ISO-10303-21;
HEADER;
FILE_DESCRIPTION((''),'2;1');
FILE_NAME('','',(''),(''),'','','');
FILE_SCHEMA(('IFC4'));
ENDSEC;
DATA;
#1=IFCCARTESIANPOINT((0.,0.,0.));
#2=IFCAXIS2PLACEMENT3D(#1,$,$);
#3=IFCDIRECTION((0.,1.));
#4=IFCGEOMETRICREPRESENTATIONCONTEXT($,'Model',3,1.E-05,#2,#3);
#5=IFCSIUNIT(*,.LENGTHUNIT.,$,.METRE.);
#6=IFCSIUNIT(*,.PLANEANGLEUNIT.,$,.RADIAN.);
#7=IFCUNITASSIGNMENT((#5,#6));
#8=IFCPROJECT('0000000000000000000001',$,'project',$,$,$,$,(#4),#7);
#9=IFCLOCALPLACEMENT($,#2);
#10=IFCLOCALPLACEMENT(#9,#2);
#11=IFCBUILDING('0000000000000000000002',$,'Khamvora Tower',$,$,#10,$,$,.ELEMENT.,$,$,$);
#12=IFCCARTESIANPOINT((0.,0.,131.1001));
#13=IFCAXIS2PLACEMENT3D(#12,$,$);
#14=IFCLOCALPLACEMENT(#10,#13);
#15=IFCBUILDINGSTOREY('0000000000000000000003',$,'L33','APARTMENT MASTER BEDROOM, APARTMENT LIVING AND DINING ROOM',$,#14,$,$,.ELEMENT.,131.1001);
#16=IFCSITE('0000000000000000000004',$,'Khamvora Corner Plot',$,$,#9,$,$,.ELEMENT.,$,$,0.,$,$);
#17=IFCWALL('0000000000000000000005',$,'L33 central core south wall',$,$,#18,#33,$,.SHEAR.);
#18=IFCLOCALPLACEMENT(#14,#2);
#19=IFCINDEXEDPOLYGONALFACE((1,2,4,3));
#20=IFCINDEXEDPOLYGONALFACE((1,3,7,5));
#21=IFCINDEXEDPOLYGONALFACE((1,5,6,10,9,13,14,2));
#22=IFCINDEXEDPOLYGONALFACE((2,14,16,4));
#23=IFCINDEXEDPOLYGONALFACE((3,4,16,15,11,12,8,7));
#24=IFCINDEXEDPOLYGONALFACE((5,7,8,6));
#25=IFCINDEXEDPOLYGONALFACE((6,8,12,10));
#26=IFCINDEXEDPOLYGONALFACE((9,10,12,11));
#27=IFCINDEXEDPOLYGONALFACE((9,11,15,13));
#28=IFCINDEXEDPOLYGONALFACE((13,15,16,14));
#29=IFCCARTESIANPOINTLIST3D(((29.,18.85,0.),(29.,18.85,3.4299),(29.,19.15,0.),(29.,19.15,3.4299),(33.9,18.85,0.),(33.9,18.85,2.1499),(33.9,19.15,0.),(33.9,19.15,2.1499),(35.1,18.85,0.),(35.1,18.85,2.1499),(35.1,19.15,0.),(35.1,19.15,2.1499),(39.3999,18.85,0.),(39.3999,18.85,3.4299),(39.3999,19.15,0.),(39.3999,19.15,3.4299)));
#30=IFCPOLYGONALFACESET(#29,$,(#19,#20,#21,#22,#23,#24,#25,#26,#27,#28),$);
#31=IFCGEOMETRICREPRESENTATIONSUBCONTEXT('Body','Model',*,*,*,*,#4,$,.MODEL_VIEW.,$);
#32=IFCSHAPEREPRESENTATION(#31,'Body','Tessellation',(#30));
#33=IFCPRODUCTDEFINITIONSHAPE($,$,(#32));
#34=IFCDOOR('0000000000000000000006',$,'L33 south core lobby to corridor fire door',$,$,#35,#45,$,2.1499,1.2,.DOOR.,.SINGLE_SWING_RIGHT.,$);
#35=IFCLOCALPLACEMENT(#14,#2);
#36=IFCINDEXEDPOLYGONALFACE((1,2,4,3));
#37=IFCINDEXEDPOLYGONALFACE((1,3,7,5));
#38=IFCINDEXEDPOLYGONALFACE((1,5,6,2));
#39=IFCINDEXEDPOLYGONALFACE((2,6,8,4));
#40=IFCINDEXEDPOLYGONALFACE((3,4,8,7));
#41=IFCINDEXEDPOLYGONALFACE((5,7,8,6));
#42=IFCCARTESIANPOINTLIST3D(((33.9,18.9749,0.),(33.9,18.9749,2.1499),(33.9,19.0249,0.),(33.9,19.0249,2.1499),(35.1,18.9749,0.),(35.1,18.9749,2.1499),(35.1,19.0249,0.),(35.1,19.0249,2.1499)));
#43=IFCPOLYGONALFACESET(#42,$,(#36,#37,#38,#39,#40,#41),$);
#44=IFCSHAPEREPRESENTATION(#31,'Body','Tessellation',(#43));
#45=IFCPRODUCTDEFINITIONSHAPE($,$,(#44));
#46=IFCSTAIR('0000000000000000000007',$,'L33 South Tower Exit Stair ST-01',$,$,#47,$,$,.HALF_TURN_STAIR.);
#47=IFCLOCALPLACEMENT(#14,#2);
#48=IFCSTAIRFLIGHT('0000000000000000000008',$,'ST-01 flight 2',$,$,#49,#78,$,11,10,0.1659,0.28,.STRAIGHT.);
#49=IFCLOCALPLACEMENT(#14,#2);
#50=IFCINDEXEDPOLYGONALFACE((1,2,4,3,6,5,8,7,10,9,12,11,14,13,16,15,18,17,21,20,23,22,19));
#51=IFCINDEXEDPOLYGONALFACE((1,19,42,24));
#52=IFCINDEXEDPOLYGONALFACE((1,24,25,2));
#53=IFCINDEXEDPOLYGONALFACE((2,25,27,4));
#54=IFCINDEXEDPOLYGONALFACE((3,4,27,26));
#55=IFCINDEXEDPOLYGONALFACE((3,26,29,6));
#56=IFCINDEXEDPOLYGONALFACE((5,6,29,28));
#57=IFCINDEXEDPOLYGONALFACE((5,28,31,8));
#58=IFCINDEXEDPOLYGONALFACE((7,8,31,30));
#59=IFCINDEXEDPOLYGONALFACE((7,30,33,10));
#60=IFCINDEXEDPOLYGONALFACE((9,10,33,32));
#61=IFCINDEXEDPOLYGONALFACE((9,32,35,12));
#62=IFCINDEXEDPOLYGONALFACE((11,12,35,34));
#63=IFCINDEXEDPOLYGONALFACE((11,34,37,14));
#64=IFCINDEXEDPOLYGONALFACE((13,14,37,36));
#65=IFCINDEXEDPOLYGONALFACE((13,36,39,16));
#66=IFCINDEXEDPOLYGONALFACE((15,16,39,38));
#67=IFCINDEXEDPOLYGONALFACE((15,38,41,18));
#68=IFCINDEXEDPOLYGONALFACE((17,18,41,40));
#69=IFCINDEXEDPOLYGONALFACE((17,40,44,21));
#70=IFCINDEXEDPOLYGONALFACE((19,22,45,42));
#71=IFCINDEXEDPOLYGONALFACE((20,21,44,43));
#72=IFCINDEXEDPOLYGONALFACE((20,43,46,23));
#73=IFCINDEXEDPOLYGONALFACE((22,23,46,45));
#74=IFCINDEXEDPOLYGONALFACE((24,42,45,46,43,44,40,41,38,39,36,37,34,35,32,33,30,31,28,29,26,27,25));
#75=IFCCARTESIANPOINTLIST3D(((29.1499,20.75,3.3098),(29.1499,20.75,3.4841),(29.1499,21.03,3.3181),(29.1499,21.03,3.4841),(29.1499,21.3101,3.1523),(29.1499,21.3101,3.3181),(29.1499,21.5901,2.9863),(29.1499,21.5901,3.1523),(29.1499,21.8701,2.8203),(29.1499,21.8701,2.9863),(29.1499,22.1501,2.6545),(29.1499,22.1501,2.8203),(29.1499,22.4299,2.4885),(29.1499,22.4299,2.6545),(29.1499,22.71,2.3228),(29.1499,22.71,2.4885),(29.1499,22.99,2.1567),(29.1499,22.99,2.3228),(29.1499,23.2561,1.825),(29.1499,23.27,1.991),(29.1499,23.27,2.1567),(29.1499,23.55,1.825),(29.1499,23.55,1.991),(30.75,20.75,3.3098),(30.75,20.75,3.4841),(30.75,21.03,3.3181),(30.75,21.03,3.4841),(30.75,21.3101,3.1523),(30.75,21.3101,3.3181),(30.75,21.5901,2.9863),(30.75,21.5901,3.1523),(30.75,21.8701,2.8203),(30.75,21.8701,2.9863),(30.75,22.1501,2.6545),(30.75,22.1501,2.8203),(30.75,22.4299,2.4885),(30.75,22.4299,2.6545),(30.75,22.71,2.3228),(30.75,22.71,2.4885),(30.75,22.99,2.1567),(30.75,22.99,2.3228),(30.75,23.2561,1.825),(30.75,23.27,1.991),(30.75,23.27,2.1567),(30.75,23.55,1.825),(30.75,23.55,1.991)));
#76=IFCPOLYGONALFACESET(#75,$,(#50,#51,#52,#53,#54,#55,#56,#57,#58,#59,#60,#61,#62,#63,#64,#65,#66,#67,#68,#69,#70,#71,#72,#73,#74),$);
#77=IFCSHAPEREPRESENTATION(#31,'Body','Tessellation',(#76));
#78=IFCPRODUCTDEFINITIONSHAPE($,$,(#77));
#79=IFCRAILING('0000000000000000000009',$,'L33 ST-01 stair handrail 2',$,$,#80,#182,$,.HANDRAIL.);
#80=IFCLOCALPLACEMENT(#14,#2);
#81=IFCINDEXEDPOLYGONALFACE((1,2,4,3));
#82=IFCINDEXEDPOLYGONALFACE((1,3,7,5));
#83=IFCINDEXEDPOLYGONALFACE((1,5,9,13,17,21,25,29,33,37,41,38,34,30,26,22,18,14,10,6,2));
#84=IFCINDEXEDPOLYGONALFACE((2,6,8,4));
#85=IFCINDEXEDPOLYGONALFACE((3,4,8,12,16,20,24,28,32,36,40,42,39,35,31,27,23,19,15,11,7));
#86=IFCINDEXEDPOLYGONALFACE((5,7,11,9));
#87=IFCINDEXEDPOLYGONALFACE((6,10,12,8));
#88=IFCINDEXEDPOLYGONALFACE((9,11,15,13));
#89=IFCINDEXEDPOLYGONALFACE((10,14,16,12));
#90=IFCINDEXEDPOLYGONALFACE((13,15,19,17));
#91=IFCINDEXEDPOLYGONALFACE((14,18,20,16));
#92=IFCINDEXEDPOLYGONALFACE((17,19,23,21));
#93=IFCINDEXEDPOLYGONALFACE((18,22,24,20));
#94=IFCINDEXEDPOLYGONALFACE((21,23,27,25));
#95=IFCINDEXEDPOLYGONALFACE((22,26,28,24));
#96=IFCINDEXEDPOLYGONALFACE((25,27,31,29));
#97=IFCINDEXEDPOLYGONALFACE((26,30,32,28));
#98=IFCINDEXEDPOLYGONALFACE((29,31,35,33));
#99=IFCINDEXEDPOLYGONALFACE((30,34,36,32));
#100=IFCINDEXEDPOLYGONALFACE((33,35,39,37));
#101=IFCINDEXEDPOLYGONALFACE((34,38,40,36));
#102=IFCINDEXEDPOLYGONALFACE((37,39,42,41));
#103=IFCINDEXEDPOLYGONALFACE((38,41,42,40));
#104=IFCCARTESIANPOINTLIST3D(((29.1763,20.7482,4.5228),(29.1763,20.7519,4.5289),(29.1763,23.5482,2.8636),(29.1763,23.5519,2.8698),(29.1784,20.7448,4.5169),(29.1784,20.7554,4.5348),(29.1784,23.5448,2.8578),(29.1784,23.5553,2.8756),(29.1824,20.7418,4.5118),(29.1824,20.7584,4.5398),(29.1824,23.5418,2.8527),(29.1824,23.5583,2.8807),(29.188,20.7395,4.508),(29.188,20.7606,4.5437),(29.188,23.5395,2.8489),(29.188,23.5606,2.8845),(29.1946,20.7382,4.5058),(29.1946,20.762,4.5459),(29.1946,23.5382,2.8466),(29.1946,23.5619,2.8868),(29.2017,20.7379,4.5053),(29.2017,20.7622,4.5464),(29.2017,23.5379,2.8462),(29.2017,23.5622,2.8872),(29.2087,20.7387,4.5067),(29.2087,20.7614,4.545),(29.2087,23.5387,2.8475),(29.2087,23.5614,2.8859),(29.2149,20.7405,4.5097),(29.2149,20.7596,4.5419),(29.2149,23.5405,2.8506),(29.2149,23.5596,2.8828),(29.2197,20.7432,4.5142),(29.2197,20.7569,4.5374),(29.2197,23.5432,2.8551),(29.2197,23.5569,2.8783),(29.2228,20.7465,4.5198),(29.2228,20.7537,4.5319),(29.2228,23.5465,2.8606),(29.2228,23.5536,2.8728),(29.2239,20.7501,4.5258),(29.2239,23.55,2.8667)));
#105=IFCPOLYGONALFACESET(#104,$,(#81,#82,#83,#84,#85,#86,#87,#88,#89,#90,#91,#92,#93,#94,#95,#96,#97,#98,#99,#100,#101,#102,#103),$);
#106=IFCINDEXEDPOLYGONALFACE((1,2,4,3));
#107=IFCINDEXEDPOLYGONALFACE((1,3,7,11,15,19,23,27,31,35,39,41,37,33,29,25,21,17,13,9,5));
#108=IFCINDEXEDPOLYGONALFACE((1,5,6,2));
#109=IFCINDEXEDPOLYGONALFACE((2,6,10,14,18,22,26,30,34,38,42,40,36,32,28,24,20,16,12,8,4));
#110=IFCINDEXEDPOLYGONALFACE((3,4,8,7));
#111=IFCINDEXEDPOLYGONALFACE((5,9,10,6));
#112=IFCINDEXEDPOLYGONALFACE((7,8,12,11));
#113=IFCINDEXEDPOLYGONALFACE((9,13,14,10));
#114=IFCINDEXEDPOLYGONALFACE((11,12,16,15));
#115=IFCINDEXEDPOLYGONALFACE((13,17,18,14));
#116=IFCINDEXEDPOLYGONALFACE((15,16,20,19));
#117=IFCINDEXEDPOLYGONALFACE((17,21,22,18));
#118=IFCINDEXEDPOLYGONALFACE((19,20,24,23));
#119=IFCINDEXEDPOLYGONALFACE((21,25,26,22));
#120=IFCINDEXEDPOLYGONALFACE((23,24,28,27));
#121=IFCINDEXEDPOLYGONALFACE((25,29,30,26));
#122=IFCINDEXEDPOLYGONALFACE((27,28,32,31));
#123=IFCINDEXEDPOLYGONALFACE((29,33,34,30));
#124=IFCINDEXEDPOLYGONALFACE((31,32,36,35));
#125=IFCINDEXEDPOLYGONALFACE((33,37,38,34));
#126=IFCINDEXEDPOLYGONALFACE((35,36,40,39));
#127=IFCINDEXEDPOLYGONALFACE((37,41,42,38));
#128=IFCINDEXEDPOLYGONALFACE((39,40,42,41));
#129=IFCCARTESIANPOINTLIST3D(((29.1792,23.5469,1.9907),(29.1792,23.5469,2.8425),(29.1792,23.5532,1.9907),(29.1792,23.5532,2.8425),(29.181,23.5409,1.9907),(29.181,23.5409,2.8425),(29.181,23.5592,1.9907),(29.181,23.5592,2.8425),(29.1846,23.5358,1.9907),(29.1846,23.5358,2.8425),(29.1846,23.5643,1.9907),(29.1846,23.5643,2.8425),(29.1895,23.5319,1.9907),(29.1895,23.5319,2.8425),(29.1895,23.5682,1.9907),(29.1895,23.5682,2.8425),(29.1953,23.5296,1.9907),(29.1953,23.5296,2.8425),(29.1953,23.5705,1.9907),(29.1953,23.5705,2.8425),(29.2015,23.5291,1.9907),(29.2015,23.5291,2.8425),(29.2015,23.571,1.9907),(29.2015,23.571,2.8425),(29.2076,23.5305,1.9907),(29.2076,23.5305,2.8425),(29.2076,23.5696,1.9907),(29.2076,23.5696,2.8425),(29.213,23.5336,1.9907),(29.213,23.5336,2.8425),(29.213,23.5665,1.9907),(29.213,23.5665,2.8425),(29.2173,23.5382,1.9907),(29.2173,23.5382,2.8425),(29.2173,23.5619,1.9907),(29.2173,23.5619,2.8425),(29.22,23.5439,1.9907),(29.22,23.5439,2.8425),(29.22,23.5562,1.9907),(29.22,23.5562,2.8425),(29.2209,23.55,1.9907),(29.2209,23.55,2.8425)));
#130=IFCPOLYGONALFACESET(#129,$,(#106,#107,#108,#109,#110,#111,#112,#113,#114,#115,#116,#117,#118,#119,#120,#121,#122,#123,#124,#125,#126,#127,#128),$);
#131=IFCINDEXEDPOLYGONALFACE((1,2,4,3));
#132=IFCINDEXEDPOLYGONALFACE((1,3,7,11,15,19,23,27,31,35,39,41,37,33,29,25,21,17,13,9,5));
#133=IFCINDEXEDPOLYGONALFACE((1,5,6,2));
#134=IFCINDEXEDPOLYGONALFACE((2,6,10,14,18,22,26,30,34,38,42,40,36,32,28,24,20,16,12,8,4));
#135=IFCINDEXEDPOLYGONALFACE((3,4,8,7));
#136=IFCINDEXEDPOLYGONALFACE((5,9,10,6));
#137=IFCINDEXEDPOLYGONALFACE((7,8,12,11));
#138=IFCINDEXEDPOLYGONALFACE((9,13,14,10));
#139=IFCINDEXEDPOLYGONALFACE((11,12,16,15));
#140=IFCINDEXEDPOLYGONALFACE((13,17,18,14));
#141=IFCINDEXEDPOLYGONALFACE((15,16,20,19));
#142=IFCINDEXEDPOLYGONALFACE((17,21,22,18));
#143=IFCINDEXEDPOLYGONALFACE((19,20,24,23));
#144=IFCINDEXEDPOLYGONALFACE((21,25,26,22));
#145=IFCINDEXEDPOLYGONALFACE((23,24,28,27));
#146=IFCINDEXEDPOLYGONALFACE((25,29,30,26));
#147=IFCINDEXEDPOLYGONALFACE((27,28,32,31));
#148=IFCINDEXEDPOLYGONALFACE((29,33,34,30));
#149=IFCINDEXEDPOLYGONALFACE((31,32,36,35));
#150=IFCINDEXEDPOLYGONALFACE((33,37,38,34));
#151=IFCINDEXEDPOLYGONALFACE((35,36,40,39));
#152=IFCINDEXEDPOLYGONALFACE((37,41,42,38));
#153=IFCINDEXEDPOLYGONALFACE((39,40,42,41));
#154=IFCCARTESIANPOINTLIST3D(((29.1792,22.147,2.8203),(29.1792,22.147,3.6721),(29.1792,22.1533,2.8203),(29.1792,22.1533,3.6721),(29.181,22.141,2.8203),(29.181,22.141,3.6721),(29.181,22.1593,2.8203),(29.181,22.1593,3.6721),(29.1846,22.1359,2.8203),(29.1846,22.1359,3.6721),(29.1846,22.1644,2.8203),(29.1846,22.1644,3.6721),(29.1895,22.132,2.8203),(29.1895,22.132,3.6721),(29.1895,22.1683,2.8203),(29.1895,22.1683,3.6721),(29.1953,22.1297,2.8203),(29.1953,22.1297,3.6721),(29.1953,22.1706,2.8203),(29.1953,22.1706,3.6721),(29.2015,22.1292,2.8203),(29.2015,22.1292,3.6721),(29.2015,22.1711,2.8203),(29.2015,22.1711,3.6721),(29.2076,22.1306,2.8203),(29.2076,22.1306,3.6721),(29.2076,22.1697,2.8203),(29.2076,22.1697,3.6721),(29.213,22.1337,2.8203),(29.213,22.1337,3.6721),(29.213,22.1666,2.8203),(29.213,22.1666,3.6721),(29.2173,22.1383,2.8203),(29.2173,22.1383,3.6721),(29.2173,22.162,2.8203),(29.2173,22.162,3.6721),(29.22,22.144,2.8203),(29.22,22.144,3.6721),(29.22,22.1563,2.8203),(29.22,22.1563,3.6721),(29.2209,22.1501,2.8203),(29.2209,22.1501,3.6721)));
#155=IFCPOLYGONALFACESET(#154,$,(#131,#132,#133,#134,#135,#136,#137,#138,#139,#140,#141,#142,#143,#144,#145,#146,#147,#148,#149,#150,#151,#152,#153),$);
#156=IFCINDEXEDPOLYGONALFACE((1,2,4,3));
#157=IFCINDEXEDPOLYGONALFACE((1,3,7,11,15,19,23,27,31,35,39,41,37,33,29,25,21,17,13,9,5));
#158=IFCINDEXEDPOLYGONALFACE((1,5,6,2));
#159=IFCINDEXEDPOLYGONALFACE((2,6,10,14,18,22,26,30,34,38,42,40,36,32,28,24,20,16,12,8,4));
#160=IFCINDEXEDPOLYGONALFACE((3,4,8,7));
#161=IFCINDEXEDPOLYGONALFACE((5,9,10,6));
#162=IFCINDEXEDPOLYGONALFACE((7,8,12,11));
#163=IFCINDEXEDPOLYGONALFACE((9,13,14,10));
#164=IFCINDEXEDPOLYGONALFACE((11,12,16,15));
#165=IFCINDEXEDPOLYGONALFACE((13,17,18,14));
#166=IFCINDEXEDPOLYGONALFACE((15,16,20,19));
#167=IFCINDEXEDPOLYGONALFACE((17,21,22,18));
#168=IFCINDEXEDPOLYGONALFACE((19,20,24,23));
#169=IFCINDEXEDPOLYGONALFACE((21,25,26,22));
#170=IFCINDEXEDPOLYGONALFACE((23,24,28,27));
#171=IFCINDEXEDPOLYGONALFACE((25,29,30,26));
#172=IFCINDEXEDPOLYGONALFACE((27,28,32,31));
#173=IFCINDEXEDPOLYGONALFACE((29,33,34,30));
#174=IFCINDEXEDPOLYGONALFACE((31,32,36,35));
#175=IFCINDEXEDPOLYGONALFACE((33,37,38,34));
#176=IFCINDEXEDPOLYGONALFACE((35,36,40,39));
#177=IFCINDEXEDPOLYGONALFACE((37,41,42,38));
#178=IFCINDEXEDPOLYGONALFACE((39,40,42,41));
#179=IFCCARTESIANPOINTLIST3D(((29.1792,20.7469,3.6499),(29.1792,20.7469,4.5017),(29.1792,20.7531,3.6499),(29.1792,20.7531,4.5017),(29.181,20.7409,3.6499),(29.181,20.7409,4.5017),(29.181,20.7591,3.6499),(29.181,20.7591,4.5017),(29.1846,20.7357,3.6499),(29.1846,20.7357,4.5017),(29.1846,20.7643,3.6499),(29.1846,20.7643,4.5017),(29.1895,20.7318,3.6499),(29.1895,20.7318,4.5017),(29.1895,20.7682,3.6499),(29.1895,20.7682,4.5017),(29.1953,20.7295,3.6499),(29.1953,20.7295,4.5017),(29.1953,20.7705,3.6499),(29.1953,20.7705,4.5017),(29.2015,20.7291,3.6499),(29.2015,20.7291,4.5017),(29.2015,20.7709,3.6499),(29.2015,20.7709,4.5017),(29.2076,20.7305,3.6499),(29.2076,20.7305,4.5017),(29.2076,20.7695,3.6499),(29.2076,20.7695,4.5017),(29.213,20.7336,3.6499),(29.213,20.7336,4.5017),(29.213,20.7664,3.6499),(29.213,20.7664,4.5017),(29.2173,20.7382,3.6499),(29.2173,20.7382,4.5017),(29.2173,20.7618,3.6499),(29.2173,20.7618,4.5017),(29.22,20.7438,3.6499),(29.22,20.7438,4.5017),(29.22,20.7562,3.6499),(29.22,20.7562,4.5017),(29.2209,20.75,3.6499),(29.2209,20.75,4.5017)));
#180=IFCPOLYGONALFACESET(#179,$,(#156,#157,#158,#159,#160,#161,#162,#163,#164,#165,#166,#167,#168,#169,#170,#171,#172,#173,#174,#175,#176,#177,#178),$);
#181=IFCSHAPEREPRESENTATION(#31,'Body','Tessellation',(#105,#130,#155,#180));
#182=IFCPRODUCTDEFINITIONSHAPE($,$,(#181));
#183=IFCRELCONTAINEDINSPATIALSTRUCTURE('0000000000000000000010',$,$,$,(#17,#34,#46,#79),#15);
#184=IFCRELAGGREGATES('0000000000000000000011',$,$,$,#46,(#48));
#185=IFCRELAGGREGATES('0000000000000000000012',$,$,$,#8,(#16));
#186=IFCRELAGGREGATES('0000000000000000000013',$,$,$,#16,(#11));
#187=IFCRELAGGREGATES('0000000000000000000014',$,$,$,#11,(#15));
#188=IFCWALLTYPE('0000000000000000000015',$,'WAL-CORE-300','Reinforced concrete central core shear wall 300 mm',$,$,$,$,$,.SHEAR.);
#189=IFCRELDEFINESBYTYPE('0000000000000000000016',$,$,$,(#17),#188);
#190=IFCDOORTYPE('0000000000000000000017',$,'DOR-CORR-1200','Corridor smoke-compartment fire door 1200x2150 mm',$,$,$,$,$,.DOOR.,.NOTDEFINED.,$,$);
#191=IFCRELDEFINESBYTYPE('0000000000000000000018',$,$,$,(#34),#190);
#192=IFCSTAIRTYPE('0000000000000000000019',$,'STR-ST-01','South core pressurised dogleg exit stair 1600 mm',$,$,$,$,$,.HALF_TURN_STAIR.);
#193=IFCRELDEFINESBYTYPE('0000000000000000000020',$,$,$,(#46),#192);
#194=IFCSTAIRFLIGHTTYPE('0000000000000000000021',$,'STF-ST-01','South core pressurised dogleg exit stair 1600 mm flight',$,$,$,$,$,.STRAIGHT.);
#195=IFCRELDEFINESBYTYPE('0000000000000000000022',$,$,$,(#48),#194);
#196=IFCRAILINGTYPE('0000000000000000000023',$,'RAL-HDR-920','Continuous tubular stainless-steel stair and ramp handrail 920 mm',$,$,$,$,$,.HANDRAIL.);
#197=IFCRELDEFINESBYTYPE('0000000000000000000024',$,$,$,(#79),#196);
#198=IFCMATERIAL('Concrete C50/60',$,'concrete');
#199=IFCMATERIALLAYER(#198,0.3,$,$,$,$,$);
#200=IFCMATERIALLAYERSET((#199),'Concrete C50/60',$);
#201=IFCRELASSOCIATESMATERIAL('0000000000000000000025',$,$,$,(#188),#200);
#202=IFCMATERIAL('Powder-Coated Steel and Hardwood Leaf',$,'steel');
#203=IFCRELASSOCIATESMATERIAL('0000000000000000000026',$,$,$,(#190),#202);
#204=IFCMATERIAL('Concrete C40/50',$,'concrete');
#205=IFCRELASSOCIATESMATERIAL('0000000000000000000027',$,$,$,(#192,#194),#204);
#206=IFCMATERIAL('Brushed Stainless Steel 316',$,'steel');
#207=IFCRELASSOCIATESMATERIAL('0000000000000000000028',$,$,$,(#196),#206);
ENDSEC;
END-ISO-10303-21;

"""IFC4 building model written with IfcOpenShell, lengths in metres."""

from ifc_helpers import new_model, si_unit, direction, frame, frame_2d, origin, origin_2d, place, context, subcontext, project, spatial, polyline, rectangle, circle, outline, extrude, material, layer, layer_set, type_object, element, fill, aggregate, save


model = new_model("IFC4")

# Units and contexts
model_context = context("Model", 3, precision=1e-05, world=origin(), true_north=direction((0.0, 1.0)))
body_context = subcontext(model_context, "Body", "Model", "MODEL_VIEW")
ifc_project = project(units=[si_unit("LENGTHUNIT", "METRE"), si_unit("PLANEANGLEUNIT", "RADIAN")], contexts=[model_context])

# Site, building, storey
site_placement = place(None, origin())
site = spatial("IfcSite", under=ifc_project, at=site_placement, Name="Khamvora Corner Plot", CompositionType="ELEMENT", RefElevation=0.0)
building_placement = place(site_placement, origin())
building = spatial("IfcBuilding", under=site, at=building_placement, Name="Khamvora Tower", CompositionType="ELEMENT")
storey_placement = place(building_placement, frame((0.0, 0.0, 131.1001)))
storey = spatial("IfcBuildingStorey", under=building, at=storey_placement, Name="L33", Description="APARTMENT MASTER BEDROOM, APARTMENT LIVING AND DINING ROOM", CompositionType="ELEMENT", Elevation=131.1001)

# Shared definitions
ifc_material_1 = material(Name="Concrete C50/60", Category="concrete")
ifc_layer_1 = layer(ifc_material_1, 0.3)
ifc_layer_set_1 = layer_set([ifc_layer_1], Name="Concrete C50/60")
wall_type = type_object("IfcWallType", Name="WAL-CORE-300", Description="Reinforced concrete central core shear wall 300 mm", PredefinedType="SHEAR", material=ifc_layer_set_1)

# Wall, opening, door
wall_1_placement = place(storey_placement, frame((29.0, 19.0, 0.0), z_axis=(0.0, 0.0, 1.0), x_axis=(1.0, 0.0, 0.0)))
wall_1 = element("IfcWall", 1, at=wall_1_placement, inside=storey, type_object=wall_type, Name="L33 central core south wall", PredefinedType="SHEAR", context=body_context, shape_type="SweptSolid", body=[
    extrude(rectangle(XDim=10.3999, YDim=0.3, at=frame_2d((5.2, 0.0))), origin(), (0.0, 0.0, 1.0), 3.4299),
])
opening_placement = place(wall_1_placement, frame((4.8999, 0.0, 0.0)))
opening = element("IfcOpeningElement", 2, at=opening_placement, cuts=wall_1, PredefinedType="OPENING", context=body_context, shape_type="SweptSolid", body=[
    extrude(rectangle(XDim=1.2, YDim=2.1499, at=frame_2d((0.6001, 1.075))), frame((0.0, 0.1599, 0.0), z_axis=(0.0, -1.0, 0.0), x_axis=(1.0, 0.0, 0.0)), (0.0, 0.0, 1.0), 0.3201),
])
ifc_material_2 = material(Name="Powder-Coated Steel and Hardwood Leaf", Category="steel")
door_type = type_object("IfcDoorType", Name="DOR-CORR-1200", Description="Corridor smoke-compartment fire door 1200x2150 mm", OperationType="NOTDEFINED", PredefinedType="DOOR", material=ifc_material_2)
door_placement = place(opening_placement, origin())
door = element("IfcDoor", 3, at=door_placement, inside=storey, type_object=door_type, Name="L33 south core lobby to corridor fire door", OperationType="SINGLE_SWING_RIGHT", OverallHeight=2.1499, OverallWidth=1.2, PredefinedType="DOOR", context=body_context, shape_type="SweptSolid", body=[
    extrude(rectangle(XDim=1.2, YDim=2.1499, at=frame_2d((0.6001, 1.075))), frame((0.0, 0.0249, 0.0), z_axis=(0.0, -1.0, 0.0), x_axis=(1.0, 0.0, 0.0)), (0.0, 0.0, 1.0), 0.05),
])
fill(opening, door)

# Stair, stair flight
ifc_material_3 = material(Name="Concrete C40/50", Category="concrete")
stair_type = type_object("IfcStairType", Name="STR-ST-01", Description="South core pressurised dogleg exit stair 1600 mm", PredefinedType="HALF_TURN_STAIR", material=ifc_material_3)
stair_placement = place(storey_placement, origin())
stair = element("IfcStair", 4, at=stair_placement, inside=storey, type_object=stair_type, Name="L33 South Tower Exit Stair ST-01", PredefinedType="HALF_TURN_STAIR")
stair_flight_type = type_object("IfcStairFlightType", Name="STF-ST-01", Description="South core pressurised dogleg exit stair 1600 mm flight", PredefinedType="STRAIGHT", material=ifc_material_3)
stair_flight_placement = place(storey_placement, frame((29.95, 23.55, 1.825), z_axis=(0.0, 0.0, 1.0), x_axis=(0.0, -1.0, 0.0)))
stair_flight = element("IfcStairFlight", 5, at=stair_flight_placement, type_object=stair_flight_type, Name="ST-01 flight 2", NumberOfRisers=11, NumberOfTreads=10, PredefinedType="STRAIGHT", RiserHeight=0.1659, TreadLength=0.28, context=body_context, shape_type="SweptSolid", body=[
    extrude(outline(polyline([(0.0, 0.0), (0.0, 0.166), (0.28, 0.166), (0.28, 0.3318), (0.5601, 0.3318), (0.5601, 0.4978), (0.8401, 0.4978), (0.8401, 0.6636), (1.1201, 0.6636), (1.1201, 0.8296), (1.3999, 0.8296), (1.3999, 0.9954), (1.6799, 0.9954), (1.6799, 1.1614), (1.96, 1.1614), (1.96, 1.3274), (2.24, 1.3274), (2.24, 1.4932), (2.52, 1.4932), (2.52, 1.6592), (2.8, 1.6592), (2.8, 1.825), (2.8, 1.4849), (0.2939, 0.0), (0.0, 0.0)])), frame((0.0, 0.8, 0.0), z_axis=(0.0, -1.0, 0.0), x_axis=(1.0, 0.0, 0.0)), (0.0, 0.0, 1.0), 1.6001),
])
aggregate(stair, [stair_flight])

# Railing
ifc_material_4 = material(Name="Brushed Stainless Steel 316", Category="steel")
railing_type_1 = type_object("IfcRailingType", Name="RAL-HDR-920", Description="Continuous tubular stainless-steel stair and ramp handrail 920 mm", PredefinedType="HANDRAIL", material=ifc_material_4)
railing_1_placement = place(storey_placement, frame((29.2, 23.55, 1.9907)))
element("IfcRailing", 6, at=railing_1_placement, inside=storey, type_object=railing_type_1, Name="L33 ST-01 stair handrail 2", PredefinedType="HANDRAIL", context=body_context, shape_type="SweptSolid", body=[
    extrude(circle(Radius=0.0239, at=origin_2d()), frame((0.0, 0.0, 0.876), z_axis=(0.0, -0.860306, 0.509778), x_axis=(1.0, 0.0, 0.0)), (0.0, 0.0, 1.0), 3.2546),
    extrude(circle(Radius=0.021, at=origin_2d()), origin(), (0.0, 0.0, 1.0), 0.8518),
    extrude(circle(Radius=0.021, at=origin_2d()), frame((0.0, -1.3999, 0.8296)), (0.0, 0.0, 1.0), 0.8518),
    extrude(circle(Radius=0.021, at=origin_2d()), frame((0.0, -2.8, 1.6592)), (0.0, 0.0, 1.0), 0.8518),
])

save(model, "model.ifc")
